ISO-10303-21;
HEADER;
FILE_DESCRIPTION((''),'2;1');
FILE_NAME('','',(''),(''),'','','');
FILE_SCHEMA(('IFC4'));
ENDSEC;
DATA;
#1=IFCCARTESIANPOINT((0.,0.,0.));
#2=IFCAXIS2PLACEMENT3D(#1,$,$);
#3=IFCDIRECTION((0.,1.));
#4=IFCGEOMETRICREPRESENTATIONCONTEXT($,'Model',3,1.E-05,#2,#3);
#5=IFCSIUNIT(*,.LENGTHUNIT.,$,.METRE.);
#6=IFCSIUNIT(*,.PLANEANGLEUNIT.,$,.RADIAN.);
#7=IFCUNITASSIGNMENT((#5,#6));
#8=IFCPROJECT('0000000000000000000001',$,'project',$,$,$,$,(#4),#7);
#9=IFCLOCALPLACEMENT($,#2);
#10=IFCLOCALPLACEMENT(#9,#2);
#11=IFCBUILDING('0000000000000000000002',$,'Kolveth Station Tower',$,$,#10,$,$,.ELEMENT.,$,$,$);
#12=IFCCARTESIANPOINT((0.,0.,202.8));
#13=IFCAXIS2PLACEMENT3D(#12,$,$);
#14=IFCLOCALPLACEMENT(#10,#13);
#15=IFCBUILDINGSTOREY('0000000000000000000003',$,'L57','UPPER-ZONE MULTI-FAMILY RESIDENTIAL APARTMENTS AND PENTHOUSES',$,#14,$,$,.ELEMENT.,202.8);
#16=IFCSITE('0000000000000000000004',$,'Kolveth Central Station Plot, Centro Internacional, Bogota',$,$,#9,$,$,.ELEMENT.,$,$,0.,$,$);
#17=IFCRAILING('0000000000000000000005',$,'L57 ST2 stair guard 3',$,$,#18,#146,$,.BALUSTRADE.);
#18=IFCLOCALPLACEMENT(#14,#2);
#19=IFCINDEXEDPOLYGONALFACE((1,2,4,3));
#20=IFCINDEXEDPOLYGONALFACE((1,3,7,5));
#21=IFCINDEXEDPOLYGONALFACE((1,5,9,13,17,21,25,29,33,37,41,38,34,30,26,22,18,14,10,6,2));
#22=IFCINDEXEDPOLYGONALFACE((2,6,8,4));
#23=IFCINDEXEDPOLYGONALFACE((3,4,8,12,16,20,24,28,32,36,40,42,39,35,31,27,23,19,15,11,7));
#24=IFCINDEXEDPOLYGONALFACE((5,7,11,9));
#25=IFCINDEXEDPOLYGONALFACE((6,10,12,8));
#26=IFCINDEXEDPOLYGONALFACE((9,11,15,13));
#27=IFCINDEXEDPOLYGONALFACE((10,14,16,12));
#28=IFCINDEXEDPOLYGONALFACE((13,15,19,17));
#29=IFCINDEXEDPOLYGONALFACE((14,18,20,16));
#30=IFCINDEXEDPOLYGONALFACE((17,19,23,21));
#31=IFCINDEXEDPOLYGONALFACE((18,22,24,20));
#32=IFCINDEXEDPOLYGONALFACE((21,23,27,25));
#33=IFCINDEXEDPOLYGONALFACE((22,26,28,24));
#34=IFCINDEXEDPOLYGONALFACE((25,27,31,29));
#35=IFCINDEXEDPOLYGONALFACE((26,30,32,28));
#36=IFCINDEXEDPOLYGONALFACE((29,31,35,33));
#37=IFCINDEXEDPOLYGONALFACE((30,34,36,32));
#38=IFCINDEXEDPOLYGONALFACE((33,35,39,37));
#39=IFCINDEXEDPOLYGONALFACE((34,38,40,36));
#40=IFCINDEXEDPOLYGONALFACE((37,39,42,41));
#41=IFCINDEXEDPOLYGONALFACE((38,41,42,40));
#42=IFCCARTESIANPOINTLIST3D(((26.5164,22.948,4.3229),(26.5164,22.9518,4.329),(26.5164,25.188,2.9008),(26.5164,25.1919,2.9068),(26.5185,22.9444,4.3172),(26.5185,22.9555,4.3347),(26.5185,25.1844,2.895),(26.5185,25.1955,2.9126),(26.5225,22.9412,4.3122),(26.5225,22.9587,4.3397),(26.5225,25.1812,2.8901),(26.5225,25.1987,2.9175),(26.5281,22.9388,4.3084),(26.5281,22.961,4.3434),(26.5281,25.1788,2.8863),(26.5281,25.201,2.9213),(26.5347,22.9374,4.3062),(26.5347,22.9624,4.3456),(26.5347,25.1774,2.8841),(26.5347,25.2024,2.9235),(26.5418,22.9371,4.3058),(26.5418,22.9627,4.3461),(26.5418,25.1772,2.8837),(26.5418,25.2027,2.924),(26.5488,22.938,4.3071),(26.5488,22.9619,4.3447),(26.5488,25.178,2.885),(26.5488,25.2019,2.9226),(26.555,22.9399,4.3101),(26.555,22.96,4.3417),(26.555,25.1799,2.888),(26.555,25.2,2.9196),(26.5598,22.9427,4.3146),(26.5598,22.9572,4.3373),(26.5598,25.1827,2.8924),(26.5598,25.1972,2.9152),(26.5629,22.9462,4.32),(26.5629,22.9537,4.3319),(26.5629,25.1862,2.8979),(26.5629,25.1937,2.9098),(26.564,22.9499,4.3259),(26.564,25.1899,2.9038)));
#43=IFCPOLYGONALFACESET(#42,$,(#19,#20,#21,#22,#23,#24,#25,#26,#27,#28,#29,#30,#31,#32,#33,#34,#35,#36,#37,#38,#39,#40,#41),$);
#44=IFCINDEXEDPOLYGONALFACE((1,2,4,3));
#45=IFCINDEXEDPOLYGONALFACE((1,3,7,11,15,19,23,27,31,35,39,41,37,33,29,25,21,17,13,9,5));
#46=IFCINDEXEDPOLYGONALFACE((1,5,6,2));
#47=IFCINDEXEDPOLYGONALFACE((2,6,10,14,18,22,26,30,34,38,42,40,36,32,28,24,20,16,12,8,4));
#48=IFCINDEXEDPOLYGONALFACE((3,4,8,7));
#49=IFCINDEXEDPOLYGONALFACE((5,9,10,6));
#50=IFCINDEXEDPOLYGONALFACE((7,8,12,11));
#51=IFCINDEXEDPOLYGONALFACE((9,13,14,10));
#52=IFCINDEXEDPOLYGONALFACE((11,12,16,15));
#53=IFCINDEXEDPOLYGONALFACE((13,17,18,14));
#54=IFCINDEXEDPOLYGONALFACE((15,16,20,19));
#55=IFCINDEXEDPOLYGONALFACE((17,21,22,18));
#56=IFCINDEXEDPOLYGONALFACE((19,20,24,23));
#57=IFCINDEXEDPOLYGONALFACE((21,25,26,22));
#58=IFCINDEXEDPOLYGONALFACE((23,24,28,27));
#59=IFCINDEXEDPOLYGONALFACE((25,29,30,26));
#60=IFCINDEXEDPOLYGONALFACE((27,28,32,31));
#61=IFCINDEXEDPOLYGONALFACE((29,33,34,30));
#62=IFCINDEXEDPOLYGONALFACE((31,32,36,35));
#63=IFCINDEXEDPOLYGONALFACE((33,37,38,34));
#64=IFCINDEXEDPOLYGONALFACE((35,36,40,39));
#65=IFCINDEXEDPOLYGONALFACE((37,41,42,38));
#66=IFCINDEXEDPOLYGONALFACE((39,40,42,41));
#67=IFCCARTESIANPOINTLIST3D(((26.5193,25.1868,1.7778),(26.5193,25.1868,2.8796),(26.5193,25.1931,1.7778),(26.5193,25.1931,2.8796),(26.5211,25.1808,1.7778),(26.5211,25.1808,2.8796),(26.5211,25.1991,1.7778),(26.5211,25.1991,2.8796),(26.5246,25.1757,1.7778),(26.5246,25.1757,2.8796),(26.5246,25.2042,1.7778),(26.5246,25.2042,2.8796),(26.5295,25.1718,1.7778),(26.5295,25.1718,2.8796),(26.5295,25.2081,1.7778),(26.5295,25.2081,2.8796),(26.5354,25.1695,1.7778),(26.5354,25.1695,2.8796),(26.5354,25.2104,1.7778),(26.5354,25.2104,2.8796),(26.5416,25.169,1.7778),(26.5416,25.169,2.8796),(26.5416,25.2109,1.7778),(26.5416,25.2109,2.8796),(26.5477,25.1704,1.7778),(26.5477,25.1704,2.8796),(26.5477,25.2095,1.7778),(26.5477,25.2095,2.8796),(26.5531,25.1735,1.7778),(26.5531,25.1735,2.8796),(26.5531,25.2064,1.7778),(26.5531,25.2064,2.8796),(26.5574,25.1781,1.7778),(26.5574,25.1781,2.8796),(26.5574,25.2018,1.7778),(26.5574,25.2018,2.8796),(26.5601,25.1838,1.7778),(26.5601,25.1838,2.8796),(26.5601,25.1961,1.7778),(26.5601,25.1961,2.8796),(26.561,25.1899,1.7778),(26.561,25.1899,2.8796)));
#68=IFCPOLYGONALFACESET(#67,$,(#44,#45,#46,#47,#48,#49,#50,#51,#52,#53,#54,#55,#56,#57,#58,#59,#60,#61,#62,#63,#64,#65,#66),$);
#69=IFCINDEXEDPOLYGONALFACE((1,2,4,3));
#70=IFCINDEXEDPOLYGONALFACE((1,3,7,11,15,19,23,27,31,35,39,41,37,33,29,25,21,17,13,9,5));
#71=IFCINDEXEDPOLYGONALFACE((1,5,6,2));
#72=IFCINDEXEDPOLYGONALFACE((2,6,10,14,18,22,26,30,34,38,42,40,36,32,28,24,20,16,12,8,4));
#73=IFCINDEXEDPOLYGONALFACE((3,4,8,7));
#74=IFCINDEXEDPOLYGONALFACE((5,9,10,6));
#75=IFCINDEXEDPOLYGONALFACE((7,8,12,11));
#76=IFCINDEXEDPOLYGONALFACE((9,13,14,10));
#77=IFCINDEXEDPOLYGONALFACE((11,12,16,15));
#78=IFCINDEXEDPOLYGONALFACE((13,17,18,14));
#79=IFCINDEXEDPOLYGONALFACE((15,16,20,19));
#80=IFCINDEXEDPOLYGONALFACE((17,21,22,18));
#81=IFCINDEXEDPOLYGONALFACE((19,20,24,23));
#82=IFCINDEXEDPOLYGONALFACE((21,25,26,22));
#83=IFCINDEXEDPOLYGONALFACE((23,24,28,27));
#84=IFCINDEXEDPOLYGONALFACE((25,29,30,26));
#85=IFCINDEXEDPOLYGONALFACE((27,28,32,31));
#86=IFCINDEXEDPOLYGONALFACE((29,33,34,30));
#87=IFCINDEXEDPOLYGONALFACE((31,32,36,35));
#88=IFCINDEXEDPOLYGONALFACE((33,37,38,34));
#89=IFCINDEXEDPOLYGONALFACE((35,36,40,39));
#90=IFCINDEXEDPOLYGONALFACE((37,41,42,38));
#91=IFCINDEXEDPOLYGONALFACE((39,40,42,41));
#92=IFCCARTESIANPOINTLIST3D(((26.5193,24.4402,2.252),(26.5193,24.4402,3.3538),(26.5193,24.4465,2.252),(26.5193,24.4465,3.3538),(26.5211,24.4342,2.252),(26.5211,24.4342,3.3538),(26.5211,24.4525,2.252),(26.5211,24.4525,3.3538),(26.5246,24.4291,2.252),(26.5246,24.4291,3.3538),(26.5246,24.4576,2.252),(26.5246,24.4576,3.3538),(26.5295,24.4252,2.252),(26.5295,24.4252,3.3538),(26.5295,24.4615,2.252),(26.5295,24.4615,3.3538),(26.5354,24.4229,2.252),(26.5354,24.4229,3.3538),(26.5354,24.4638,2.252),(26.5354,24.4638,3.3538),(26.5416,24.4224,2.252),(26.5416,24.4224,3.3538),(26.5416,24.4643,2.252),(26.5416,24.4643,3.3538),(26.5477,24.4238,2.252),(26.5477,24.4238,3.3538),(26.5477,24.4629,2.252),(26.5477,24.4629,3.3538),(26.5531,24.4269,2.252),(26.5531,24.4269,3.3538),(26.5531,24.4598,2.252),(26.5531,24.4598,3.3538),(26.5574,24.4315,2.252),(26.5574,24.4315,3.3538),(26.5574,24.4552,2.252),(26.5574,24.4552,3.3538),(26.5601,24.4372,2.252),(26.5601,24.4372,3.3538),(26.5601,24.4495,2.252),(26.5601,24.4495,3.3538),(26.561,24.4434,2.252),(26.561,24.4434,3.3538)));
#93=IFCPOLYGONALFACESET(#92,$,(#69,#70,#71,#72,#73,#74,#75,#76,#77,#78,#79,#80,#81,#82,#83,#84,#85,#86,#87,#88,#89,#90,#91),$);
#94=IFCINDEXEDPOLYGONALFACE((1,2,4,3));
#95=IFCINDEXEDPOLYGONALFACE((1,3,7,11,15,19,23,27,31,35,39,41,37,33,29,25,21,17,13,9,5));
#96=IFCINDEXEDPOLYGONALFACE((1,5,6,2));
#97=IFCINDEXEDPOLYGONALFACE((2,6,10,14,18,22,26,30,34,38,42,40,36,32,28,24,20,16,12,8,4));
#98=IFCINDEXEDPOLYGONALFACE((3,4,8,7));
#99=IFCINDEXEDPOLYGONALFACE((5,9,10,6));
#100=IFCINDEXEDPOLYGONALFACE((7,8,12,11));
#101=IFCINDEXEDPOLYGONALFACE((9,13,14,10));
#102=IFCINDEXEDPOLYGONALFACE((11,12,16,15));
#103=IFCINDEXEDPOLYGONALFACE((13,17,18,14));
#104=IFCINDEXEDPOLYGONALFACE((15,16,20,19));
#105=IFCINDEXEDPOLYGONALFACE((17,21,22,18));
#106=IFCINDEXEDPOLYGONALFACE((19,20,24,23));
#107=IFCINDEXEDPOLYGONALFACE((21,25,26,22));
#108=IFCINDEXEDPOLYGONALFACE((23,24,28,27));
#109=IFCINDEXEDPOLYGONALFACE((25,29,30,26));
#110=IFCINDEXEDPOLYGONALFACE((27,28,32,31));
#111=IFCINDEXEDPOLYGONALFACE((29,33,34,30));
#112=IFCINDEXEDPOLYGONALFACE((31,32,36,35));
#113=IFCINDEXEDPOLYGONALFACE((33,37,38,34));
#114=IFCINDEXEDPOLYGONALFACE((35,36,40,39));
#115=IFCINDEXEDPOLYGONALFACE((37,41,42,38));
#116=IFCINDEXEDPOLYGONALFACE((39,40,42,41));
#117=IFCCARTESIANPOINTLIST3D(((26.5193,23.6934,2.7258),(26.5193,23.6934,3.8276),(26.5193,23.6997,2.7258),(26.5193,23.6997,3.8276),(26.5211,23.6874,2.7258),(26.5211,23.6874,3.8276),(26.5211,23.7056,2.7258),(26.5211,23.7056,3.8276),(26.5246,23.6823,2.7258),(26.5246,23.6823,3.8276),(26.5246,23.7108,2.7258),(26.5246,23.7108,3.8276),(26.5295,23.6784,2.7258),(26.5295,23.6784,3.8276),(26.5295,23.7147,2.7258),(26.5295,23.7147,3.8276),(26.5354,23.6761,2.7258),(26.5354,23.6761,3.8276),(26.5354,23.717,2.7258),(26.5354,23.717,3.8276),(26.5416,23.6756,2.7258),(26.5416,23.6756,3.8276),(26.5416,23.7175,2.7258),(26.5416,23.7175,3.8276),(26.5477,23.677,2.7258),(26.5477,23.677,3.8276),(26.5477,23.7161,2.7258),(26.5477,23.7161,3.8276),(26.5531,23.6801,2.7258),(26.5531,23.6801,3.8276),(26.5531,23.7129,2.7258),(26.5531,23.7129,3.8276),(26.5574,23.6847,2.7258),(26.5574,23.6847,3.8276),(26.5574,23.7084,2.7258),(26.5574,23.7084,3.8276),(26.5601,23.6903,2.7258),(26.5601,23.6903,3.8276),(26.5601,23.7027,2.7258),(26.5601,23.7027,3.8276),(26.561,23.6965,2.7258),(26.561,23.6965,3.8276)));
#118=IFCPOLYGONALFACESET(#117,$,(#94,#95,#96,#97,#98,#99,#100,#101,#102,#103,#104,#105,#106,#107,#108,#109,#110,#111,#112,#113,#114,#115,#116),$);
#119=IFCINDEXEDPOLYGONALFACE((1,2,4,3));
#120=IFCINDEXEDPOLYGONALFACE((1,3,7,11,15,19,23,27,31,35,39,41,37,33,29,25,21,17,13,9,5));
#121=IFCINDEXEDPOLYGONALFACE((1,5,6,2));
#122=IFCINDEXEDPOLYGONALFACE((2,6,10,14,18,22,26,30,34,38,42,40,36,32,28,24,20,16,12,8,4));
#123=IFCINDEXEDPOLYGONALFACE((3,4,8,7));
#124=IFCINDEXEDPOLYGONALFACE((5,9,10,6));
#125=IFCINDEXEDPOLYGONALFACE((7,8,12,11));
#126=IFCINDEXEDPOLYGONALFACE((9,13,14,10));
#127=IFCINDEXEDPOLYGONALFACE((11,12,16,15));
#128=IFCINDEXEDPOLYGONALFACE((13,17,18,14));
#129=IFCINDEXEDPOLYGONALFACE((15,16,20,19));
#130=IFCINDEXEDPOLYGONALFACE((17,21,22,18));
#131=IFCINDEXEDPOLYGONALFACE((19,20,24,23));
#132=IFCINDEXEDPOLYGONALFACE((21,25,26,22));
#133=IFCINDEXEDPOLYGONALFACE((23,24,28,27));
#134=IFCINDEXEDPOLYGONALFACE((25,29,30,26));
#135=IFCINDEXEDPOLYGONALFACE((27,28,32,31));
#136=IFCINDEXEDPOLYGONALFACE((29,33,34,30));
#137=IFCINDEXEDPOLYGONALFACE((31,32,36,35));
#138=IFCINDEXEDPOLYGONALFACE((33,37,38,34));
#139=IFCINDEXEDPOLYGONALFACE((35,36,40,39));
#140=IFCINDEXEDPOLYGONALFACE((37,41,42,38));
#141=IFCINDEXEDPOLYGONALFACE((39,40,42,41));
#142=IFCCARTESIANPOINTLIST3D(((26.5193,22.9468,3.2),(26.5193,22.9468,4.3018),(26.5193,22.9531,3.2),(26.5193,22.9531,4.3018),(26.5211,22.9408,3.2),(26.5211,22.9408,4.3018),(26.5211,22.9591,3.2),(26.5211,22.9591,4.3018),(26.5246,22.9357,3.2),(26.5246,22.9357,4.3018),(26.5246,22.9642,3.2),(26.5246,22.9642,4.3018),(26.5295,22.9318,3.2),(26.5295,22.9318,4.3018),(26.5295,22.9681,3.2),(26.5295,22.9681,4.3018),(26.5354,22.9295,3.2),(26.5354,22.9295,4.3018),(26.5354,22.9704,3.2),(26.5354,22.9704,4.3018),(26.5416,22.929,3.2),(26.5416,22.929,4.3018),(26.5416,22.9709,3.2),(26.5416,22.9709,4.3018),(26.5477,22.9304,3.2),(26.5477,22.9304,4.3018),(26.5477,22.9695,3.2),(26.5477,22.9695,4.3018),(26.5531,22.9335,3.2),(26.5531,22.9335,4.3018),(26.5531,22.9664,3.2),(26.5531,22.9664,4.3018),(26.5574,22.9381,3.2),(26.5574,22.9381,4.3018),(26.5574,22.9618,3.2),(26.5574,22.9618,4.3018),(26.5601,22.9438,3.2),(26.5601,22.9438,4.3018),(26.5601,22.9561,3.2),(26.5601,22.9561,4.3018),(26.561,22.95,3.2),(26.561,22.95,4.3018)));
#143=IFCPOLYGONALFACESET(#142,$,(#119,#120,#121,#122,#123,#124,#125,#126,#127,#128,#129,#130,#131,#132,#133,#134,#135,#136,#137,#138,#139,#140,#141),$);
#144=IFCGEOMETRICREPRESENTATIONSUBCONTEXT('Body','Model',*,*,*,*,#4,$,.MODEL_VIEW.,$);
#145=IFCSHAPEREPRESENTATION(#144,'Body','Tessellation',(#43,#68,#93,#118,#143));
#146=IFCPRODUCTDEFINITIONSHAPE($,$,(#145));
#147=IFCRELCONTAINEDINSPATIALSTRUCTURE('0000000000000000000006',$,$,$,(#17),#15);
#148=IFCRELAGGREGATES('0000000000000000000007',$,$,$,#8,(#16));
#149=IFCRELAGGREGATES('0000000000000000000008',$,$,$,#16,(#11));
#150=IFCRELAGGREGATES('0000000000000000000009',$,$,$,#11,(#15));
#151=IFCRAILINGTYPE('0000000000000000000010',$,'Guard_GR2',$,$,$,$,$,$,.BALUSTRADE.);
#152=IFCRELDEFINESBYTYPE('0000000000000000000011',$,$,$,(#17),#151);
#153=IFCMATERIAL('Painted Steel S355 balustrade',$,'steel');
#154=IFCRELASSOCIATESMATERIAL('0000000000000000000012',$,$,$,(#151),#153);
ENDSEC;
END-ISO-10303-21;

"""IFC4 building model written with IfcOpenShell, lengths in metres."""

from ifc_helpers import new_model, si_unit, direction, frame, origin, origin_2d, place, context, subcontext, project, spatial, circle, extrude, material, type_object, element, save


model = new_model("IFC4")

# Units and contexts
model_context = context("Model", 3, precision=1e-05, world=origin(), true_north=direction((0.0, 1.0)))
body_context = subcontext(model_context, "Body", "Model", "MODEL_VIEW")
ifc_project = project(units=[si_unit("LENGTHUNIT", "METRE"), si_unit("PLANEANGLEUNIT", "RADIAN")], contexts=[model_context])

# Site, building, storey
site_placement = place(None, origin())
site = spatial("IfcSite", under=ifc_project, at=site_placement, Name="Kolveth Central Station Plot, Centro Internacional, Bogota", CompositionType="ELEMENT", RefElevation=0.0)
building_placement = place(site_placement, origin())
building = spatial("IfcBuilding", under=site, at=building_placement, Name="Kolveth Station Tower", CompositionType="ELEMENT")
storey_placement = place(building_placement, frame((0.0, 0.0, 202.8)))
storey = spatial("IfcBuildingStorey", under=building, at=storey_placement, Name="L57", Description="UPPER-ZONE MULTI-FAMILY RESIDENTIAL APARTMENTS AND PENTHOUSES", CompositionType="ELEMENT", Elevation=202.8)

# Railing
ifc_material_1 = material(Name="Painted Steel S355 balustrade", Category="steel")
railing_type_1 = type_object("IfcRailingType", Name="Guard_GR2", PredefinedType="BALUSTRADE", material=ifc_material_1)
railing_1_placement = place(storey_placement, frame((26.54, 25.1899, 1.7778)))
element("IfcRailing", 1, at=railing_1_placement, inside=storey, type_object=railing_type_1, Name="L57 ST2 stair guard 3", PredefinedType="BALUSTRADE", context=body_context, shape_type="SweptSolid", body=[
    extrude(circle(Radius=0.0239, at=origin_2d()), frame((0.0, 0.0, 1.126), z_axis=(0.0, -0.844229, 0.535982), x_axis=(1.0, 0.0, 0.0)), (0.0, 0.0, 1.0), 2.6533),
    extrude(circle(Radius=0.021, at=origin_2d()), origin(), (0.0, 0.0, 1.0), 1.1018),
    extrude(circle(Radius=0.021, at=origin_2d()), frame((0.0, -0.7466, 0.4741)), (0.0, 0.0, 1.0), 1.1018),
    extrude(circle(Radius=0.021, at=origin_2d()), frame((0.0, -1.4934, 0.948)), (0.0, 0.0, 1.0), 1.1018),
    extrude(circle(Radius=0.021, at=origin_2d()), frame((0.0, -2.24, 1.4221)), (0.0, 0.0, 1.0), 1.1018),
])

save(model, "model.ifc")
